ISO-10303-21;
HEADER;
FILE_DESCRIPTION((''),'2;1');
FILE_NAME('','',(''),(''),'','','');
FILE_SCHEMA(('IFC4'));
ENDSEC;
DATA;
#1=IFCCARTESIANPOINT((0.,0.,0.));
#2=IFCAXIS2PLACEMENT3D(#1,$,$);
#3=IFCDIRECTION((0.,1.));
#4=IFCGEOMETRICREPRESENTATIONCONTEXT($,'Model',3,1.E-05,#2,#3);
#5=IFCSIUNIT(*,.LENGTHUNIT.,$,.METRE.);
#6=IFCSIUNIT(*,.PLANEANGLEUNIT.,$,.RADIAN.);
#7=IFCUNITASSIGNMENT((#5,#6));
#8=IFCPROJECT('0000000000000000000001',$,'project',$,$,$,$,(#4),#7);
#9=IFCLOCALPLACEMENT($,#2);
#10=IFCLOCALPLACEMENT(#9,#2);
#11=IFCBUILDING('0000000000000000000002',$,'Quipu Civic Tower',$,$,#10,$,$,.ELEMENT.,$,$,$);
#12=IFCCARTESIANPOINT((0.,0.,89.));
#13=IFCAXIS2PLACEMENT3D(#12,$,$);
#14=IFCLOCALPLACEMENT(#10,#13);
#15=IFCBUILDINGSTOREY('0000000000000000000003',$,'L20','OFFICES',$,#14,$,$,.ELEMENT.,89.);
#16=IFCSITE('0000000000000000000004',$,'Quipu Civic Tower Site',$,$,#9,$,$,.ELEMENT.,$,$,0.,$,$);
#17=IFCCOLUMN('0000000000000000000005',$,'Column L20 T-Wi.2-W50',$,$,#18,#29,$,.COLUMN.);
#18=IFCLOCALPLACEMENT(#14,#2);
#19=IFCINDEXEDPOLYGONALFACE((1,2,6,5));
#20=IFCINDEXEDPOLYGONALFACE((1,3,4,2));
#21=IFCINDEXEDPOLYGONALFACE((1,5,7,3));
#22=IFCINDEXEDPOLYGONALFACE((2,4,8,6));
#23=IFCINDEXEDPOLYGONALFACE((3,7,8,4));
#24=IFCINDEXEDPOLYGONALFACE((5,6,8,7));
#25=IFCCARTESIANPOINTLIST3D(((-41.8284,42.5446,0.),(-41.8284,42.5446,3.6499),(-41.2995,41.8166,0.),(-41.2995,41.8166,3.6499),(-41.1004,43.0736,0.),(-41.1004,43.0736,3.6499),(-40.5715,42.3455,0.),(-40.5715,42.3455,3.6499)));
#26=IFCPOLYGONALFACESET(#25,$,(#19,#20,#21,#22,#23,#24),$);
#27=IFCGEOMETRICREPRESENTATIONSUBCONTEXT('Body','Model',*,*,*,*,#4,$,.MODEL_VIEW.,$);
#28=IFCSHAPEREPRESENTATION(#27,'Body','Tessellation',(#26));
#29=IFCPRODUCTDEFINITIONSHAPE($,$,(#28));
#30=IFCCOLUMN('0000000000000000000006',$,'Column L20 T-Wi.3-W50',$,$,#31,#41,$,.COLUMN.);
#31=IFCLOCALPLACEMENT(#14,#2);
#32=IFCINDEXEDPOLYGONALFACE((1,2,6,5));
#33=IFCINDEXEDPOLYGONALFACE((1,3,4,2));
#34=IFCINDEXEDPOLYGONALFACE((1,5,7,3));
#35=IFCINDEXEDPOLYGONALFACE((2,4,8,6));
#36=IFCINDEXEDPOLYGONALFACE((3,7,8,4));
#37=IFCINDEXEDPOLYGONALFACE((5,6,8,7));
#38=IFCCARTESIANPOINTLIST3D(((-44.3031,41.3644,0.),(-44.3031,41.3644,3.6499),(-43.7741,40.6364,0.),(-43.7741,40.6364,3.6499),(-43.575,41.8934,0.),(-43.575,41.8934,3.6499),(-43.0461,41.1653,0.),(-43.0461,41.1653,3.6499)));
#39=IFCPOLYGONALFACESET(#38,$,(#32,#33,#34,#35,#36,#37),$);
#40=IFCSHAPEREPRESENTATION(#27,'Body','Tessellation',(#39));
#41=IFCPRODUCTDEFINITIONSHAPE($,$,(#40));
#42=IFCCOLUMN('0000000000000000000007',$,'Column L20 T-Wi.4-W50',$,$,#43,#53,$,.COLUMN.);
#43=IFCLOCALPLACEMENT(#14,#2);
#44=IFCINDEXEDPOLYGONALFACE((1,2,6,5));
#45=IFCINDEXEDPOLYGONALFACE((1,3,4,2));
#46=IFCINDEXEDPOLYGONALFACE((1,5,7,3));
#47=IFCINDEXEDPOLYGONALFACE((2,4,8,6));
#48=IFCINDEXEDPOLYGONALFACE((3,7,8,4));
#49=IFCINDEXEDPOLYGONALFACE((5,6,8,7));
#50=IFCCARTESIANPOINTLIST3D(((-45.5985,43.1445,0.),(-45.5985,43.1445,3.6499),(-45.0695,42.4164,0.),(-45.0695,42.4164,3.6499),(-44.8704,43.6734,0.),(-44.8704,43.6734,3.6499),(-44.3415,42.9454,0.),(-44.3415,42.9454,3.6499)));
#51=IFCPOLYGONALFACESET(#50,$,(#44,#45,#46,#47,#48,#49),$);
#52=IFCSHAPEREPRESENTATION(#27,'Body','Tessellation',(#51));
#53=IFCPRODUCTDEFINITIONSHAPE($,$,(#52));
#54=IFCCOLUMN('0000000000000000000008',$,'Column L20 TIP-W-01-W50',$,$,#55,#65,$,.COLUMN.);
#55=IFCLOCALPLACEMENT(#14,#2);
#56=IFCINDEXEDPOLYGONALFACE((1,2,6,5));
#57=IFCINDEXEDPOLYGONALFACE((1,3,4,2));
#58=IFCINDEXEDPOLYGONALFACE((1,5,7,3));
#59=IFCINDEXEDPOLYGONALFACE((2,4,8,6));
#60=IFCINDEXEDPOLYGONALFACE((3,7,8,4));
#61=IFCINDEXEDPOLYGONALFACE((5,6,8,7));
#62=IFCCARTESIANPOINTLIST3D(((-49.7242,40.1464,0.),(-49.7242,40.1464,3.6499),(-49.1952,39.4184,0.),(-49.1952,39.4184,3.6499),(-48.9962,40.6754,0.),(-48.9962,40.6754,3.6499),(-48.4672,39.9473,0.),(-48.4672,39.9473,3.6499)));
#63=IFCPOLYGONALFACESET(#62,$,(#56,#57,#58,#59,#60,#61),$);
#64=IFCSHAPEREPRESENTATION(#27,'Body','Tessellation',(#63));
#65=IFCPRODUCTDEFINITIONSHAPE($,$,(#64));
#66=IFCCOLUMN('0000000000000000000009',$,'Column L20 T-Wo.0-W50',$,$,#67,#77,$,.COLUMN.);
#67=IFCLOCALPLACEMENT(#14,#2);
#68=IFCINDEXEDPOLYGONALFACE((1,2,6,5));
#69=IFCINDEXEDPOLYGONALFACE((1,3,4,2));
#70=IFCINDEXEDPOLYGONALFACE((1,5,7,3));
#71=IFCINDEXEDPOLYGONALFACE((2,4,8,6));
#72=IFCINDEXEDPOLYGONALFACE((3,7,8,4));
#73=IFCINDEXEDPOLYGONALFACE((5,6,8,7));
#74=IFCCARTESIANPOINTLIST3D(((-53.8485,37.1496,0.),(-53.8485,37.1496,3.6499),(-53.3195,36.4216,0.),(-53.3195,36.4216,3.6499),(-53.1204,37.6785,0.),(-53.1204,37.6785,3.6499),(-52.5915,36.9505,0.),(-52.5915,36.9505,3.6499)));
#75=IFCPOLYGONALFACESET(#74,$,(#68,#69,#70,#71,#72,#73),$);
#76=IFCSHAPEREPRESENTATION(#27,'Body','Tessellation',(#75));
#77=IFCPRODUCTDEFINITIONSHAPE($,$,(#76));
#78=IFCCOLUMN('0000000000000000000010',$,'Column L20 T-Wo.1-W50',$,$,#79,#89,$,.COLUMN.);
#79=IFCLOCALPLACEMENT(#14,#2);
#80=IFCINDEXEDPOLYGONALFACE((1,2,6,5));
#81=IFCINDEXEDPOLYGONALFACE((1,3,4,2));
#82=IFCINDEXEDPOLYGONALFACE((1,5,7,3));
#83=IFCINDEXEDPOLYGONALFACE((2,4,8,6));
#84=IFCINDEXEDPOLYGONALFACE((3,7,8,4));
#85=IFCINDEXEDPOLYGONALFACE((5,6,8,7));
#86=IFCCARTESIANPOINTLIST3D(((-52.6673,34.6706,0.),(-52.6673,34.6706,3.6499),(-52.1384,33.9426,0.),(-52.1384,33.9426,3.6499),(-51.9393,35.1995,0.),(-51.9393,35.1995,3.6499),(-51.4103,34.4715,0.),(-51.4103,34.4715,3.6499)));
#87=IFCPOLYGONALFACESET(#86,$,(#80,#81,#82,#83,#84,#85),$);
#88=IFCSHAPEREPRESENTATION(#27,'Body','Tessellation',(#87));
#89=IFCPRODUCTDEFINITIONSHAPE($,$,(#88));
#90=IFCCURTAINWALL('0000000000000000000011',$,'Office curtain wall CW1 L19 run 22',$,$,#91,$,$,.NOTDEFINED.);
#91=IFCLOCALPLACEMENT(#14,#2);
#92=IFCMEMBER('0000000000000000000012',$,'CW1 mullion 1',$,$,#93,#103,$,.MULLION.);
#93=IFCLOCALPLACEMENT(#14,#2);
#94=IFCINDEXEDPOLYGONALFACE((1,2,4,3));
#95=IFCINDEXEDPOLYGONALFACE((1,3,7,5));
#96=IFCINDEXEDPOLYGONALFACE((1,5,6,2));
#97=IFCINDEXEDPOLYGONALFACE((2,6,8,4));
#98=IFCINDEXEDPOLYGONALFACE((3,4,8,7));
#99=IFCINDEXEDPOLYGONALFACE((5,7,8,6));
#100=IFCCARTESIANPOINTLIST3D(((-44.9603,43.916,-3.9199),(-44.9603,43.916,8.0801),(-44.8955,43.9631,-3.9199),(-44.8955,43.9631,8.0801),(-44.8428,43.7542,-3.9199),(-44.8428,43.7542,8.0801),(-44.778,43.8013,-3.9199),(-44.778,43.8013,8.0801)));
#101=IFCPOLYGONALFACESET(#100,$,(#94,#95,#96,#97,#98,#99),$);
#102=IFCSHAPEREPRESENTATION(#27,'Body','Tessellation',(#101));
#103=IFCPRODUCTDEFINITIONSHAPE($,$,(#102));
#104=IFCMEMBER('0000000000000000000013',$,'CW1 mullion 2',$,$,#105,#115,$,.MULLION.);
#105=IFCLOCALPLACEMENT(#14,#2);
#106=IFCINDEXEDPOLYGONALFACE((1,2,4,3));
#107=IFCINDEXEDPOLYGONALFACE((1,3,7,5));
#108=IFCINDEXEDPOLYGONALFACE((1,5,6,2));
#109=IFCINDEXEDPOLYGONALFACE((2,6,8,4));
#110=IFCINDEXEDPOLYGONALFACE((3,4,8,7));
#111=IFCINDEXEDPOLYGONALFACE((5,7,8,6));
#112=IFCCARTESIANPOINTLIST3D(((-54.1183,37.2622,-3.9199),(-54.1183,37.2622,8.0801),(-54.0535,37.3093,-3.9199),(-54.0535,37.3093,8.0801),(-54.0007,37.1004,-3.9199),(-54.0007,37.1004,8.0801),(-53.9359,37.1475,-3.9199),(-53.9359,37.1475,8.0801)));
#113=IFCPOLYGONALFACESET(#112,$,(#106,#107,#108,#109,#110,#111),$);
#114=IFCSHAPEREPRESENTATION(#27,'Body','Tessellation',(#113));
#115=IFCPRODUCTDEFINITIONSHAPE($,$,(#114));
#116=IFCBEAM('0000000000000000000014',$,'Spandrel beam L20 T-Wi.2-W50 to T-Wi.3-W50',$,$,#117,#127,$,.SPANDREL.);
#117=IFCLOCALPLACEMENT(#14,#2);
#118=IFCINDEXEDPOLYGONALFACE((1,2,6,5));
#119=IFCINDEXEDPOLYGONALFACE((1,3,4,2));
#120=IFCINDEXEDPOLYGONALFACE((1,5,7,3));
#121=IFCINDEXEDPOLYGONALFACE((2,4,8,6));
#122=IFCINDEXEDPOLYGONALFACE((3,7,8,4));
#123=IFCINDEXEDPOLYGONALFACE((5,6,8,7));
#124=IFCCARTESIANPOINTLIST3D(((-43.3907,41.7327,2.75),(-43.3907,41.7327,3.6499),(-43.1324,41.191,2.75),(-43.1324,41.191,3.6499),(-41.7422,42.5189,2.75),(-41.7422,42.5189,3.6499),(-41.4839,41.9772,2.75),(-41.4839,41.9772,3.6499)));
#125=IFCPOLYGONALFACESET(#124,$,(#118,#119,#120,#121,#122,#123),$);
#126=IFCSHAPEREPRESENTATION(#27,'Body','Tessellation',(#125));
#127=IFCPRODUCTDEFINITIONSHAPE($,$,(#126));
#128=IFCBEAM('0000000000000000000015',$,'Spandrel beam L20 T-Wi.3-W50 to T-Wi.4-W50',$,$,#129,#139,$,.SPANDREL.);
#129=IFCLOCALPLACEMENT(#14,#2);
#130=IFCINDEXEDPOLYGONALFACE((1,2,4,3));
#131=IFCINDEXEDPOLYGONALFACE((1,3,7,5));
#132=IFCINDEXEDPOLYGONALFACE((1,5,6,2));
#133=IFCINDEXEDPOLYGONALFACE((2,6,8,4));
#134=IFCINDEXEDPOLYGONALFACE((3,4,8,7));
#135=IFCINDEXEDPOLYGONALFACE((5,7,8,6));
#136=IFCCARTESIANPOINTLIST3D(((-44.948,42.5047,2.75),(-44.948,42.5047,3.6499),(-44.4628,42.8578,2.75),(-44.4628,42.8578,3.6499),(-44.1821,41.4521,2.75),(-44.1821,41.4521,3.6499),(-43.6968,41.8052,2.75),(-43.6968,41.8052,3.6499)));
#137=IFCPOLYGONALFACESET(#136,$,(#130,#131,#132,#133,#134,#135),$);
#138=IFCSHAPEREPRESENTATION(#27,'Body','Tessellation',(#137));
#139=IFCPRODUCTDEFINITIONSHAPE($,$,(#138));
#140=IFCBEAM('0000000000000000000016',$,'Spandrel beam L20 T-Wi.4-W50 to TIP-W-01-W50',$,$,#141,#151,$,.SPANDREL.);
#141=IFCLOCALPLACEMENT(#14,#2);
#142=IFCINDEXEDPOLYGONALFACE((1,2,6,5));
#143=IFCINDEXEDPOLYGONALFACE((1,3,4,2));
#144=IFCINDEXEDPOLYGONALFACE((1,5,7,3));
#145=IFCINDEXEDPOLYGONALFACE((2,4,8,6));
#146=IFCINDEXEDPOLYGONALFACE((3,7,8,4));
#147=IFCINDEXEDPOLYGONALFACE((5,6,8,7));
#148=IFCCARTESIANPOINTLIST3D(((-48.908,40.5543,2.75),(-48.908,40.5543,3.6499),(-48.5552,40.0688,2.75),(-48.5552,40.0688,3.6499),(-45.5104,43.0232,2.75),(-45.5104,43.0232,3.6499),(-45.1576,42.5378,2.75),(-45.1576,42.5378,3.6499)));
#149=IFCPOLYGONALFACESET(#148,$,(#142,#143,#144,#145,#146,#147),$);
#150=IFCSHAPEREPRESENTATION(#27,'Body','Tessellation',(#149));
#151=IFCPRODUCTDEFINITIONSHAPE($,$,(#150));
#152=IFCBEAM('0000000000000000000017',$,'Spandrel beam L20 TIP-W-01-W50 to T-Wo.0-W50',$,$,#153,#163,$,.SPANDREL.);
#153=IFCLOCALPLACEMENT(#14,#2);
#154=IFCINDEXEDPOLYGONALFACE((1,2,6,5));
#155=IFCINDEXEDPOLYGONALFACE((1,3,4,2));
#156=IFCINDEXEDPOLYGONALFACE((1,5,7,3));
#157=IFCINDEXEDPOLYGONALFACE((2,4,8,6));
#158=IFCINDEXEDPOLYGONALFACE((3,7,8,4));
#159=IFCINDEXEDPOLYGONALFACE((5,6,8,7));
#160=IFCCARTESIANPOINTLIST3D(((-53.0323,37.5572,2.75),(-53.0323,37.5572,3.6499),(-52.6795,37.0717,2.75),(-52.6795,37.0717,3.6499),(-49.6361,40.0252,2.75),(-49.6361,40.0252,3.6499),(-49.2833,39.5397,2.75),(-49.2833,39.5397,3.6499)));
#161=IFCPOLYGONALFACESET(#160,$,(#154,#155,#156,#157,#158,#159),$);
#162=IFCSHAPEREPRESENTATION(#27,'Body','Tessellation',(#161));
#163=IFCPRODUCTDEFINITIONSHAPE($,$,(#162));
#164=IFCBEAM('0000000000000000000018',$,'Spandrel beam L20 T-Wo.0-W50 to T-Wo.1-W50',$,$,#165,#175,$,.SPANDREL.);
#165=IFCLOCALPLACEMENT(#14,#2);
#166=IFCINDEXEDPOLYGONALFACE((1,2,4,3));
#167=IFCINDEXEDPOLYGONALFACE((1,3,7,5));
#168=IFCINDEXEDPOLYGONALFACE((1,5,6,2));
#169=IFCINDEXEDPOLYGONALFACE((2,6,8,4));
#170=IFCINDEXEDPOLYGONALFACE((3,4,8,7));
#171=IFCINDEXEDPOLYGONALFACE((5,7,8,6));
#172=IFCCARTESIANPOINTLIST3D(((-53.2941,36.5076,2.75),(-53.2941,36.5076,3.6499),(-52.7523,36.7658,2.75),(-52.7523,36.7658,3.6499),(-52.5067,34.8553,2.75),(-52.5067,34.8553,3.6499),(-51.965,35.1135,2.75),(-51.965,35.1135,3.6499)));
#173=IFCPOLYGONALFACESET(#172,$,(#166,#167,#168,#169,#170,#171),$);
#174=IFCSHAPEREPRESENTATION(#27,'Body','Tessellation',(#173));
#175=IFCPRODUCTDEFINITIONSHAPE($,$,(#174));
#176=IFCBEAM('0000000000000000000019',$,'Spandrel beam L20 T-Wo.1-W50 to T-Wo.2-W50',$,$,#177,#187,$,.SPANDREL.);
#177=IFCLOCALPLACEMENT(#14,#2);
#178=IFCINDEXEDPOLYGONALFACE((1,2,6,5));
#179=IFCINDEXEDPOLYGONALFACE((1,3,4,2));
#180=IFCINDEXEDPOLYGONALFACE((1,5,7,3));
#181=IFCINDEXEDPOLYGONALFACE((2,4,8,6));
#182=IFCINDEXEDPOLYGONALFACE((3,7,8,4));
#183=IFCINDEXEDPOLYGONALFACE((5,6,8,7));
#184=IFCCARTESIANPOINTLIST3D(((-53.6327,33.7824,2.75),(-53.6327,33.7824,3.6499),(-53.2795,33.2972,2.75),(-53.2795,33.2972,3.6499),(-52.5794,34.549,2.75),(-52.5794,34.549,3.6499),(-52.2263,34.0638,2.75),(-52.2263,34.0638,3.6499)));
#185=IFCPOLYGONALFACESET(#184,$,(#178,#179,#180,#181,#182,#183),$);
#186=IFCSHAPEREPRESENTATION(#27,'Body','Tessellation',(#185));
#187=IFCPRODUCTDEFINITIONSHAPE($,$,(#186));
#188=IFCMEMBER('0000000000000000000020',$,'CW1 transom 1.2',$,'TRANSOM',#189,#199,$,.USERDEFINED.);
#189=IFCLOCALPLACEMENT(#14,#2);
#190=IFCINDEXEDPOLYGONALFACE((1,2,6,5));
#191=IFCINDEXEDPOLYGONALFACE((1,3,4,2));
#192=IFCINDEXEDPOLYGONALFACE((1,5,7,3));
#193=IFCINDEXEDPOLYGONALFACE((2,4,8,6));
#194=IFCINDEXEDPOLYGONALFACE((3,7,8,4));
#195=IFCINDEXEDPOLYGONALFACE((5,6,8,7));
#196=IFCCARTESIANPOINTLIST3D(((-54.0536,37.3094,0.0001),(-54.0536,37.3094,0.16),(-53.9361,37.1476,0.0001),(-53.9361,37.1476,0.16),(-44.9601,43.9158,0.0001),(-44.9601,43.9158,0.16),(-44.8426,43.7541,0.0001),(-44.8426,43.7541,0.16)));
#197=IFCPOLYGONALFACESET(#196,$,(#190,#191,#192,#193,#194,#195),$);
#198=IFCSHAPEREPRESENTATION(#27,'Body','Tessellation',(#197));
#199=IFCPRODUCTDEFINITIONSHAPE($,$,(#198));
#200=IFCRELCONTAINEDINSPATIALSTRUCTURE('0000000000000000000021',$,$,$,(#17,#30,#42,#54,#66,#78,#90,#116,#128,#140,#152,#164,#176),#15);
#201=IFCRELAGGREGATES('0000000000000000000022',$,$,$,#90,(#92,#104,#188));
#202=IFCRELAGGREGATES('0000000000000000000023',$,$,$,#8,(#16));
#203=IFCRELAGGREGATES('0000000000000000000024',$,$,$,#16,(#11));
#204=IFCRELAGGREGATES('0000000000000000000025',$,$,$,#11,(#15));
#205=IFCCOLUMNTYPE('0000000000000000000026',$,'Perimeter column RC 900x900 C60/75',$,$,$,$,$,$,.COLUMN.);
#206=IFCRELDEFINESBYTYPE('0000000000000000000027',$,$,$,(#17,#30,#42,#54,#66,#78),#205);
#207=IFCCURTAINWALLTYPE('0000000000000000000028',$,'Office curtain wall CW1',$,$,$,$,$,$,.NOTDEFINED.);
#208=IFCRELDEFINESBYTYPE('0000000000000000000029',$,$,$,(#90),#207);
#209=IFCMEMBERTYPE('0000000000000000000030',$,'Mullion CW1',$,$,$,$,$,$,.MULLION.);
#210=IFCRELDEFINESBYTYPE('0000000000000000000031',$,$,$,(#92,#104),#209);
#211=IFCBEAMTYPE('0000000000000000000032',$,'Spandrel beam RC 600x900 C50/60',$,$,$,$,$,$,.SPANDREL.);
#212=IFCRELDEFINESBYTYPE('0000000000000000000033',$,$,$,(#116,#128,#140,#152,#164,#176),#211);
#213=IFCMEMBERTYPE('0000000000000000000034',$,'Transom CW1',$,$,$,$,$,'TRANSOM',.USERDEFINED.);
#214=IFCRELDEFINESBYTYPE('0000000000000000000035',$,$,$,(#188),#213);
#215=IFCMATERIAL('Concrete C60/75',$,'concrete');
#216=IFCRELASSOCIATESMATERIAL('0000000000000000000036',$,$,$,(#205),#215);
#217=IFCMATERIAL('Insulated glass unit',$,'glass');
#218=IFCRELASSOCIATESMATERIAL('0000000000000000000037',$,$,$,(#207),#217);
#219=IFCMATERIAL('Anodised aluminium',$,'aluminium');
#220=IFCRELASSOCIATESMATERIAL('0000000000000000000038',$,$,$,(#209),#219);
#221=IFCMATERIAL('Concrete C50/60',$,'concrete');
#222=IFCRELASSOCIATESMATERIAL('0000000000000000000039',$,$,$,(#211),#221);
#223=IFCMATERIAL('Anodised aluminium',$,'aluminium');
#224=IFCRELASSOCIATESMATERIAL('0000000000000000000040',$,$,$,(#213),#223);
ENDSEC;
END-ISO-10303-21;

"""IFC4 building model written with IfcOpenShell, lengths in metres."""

from ifc_helpers import new_model, si_unit, direction, frame, origin, origin_2d, place, context, subcontext, project, spatial, rectangle, extrude, material, material_profile, profile_set, type_object, element, aggregate, save


model = new_model("IFC4")

# Units and contexts
model_context = context("Model", 3, precision=1e-05, world=origin(), true_north=direction((0.0, 1.0)))
body_context = subcontext(model_context, "Body", "Model", "MODEL_VIEW")
ifc_project = project(units=[si_unit("LENGTHUNIT", "METRE"), si_unit("PLANEANGLEUNIT", "RADIAN")], contexts=[model_context])

# Site, building, storey
site_placement = place(None, origin())
site = spatial("IfcSite", under=ifc_project, at=site_placement, Name="Quipu Civic Tower Site", CompositionType="ELEMENT", RefElevation=0.0)
building_placement = place(site_placement, origin())
building = spatial("IfcBuilding", under=site, at=building_placement, Name="Quipu Civic Tower", CompositionType="ELEMENT")
storey_placement = place(building_placement, frame((0.0, 0.0, 89.0)))
storey = spatial("IfcBuildingStorey", under=building, at=storey_placement, Name="L20", Description="OFFICES", CompositionType="ELEMENT", Elevation=89.0)

# Columns
ifc_material_1 = material(Name="Concrete C60/75", Category="concrete")
ifc_material_profile_1 = material_profile(ifc_material_1, rectangle(XDim=0.8999, YDim=0.8999, at=origin_2d()), Name="RC900x900")
ifc_profile_set_1 = profile_set([ifc_material_profile_1], Name="Concrete C60/75")
column_type = type_object("IfcColumnType", Name="Perimeter column RC 900x900 C60/75", PredefinedType="COLUMN", material=ifc_profile_set_1)
for number, where, z_axis, x_axis, name in (
    (1, (-41.2, 42.4451, 0.0), (0.0, 0.0, 1.0), (-0.587785, 0.809017, 0.0), "Column L20 T-Wi.2-W50"),
    (2, (-43.6746, 41.2649, 0.0), (0.0, 0.0, 1.0), (-0.809017, -0.587785, 0.0), "Column L20 T-Wi.3-W50"),
    (3, (-44.97, 43.0449, 0.0), (0.0, 0.0, 1.0), (-0.809017, -0.587785, 0.0), "Column L20 T-Wi.4-W50"),
    (4, (-49.0957, 40.0469, 0.0), (0.0, 0.0, 1.0), (-0.809017, -0.587785, 0.0), "Column L20 TIP-W-01-W50"),
    (5, (-53.22, 37.05, 0.0), (0.0, 0.0, 1.0), (0.587785, -0.809017, 0.0), "Column L20 T-Wo.0-W50"),
    (6, (-52.0388, 34.571, 0.0), (0.0, 0.0, 1.0), (-0.809017, -0.587785, 0.0), "Column L20 T-Wo.1-W50"),
):
    element("IfcColumn", number, at=place(storey_placement, frame(where, z_axis=z_axis, x_axis=x_axis)), inside=storey, type_object=column_type, Name=name, PredefinedType="COLUMN", context=body_context, shape_type="SweptSolid", body=[
        extrude(rectangle(XDim=0.8999, YDim=0.8999, at=origin_2d()), origin(), (0.0, 0.0, 1.0), 3.6499),
    ])

# Curtain wall, members
ifc_material_2 = material(Name="Insulated glass unit", Category="glass")
curtain_wall_type = type_object("IfcCurtainWallType", Name="Office curtain wall CW1", PredefinedType="NOTDEFINED", material=ifc_material_2)
curtain_wall_placement = place(storey_placement, origin())
curtain_wall = element("IfcCurtainWall", 7, at=curtain_wall_placement, inside=storey, type_object=curtain_wall_type, Name="Office curtain wall CW1 L19 run 22", PredefinedType="NOTDEFINED")
ifc_material_3 = material(Name="Anodised aluminium", Category="aluminium")
ifc_material_profile_2 = material_profile(ifc_material_3, rectangle(XDim=0.2, YDim=0.0801, at=origin_2d()), Name="RECT 200x80")
ifc_profile_set_2 = profile_set([ifc_material_profile_2], Name="Anodised aluminium")
member_type_1 = type_object("IfcMemberType", Name="Mullion CW1", PredefinedType="MULLION", material=ifc_profile_set_2)
member_1_placement = place(storey_placement, frame((-44.8691, 43.8586, -3.9199), z_axis=(0.0, 0.0, 1.0), x_axis=(0.587782, -0.809019, 0.0)))
member_1 = element("IfcMember", 8, at=member_1_placement, type_object=member_type_1, Name="CW1 mullion 1", PredefinedType="MULLION", context=body_context, shape_type="SweptSolid", body=[
    extrude(rectangle(XDim=0.2, YDim=0.0801, at=origin_2d()), origin(), (0.0, 0.0, 1.0), 12.0),
])
member_2_placement = place(storey_placement, frame((-54.0271, 37.2048, -3.9199), z_axis=(0.0, 0.0, 1.0), x_axis=(0.587782, -0.809019, 0.0)))
member_2 = element("IfcMember", 9, at=member_2_placement, type_object=member_type_1, Name="CW1 mullion 2", PredefinedType="MULLION", context=body_context, shape_type="SweptSolid", body=[
    extrude(rectangle(XDim=0.2, YDim=0.0801, at=origin_2d()), origin(), (0.0, 0.0, 1.0), 12.0),
])

# Beams
ifc_material_4 = material(Name="Concrete C50/60", Category="concrete")
ifc_material_profile_3 = material_profile(ifc_material_4, rectangle(XDim=0.6001, YDim=0.8999, at=origin_2d()), Name="RC600x900")
ifc_profile_set_3 = profile_set([ifc_material_profile_3], Name="Concrete C50/60")
beam_type = type_object("IfcBeamType", Name="Spandrel beam RC 600x900 C50/60", PredefinedType="SPANDREL", material=ifc_profile_set_3)
beam_1_placement = place(storey_placement, frame((-41.613, 42.248, 3.2), z_axis=(-0.902613, -0.430452, 0.0), x_axis=(0.430452, -0.902613, 0.0)))
element("IfcBeam", 10, at=beam_1_placement, inside=storey, type_object=beam_type, Name="Spandrel beam L20 T-Wi.2-W50 to T-Wi.3-W50", PredefinedType="SPANDREL", context=body_context, shape_type="SweptSolid", body=[
    extrude(rectangle(XDim=0.6001, YDim=0.8999, at=origin_2d()), origin(), (0.0, 0.0, 1.0), 1.8264),
])
beam_2_placement = place(storey_placement, frame((-43.9395, 41.6287, 3.2), z_axis=(-0.588384, 0.808582, 0.0), x_axis=(-0.808582, -0.588384, 0.0)))
element("IfcBeam", 11, at=beam_2_placement, inside=storey, type_object=beam_type, Name="Spandrel beam L20 T-Wi.3-W50 to T-Wi.4-W50", PredefinedType="SPANDREL", context=body_context, shape_type="SweptSolid", body=[
    extrude(rectangle(XDim=0.6001, YDim=0.8999, at=origin_2d()), origin(), (0.0, 0.0, 1.0), 1.3018),
])
beam_3_placement = place(storey_placement, frame((-45.334, 42.7805, 3.2), z_axis=(-0.80897, -0.58785, 0.0), x_axis=(0.58785, -0.80897, 0.0)))
element("IfcBeam", 12, at=beam_3_placement, inside=storey, type_object=beam_type, Name="Spandrel beam L20 T-Wi.4-W50 to TIP-W-01-W50", PredefinedType="SPANDREL", context=body_context, shape_type="SweptSolid", body=[
    extrude(rectangle(XDim=0.6001, YDim=0.8999, at=origin_2d()), origin(), (0.0, 0.0, 1.0), 4.2),
])
beam_4_placement = place(storey_placement, frame((-49.4597, 39.7825, 3.2), z_axis=(-0.80896, -0.587864, 0.0), x_axis=(0.587864, -0.80896, 0.0)))
element("IfcBeam", 13, at=beam_4_placement, inside=storey, type_object=beam_type, Name="Spandrel beam L20 TIP-W-01-W50 to T-Wo.0-W50", PredefinedType="SPANDREL", context=body_context, shape_type="SweptSolid", body=[
    extrude(rectangle(XDim=0.6001, YDim=0.8999, at=origin_2d()), origin(), (0.0, 0.0, 1.0), 4.1982),
])
beam_5_placement = place(storey_placement, frame((-53.0232, 36.6367, 3.2), z_axis=(0.430167, -0.90275, 0.0), x_axis=(0.90275, 0.430167, 0.0)))
element("IfcBeam", 14, at=beam_5_placement, inside=storey, type_object=beam_type, Name="Spandrel beam L20 T-Wo.0-W50 to T-Wo.1-W50", PredefinedType="SPANDREL", context=body_context, shape_type="SweptSolid", body=[
    extrude(rectangle(XDim=0.6001, YDim=0.8999, at=origin_2d()), origin(), (0.0, 0.0, 1.0), 1.8303),
])
beam_6_placement = place(storey_placement, frame((-52.4028, 34.3064, 3.2), z_axis=(-0.808509, -0.588484, 0.0), x_axis=(0.588484, -0.808509, 0.0)))
element("IfcBeam", 15, at=beam_6_placement, inside=storey, type_object=beam_type, Name="Spandrel beam L20 T-Wo.1-W50 to T-Wo.2-W50", PredefinedType="SPANDREL", context=body_context, shape_type="SweptSolid", body=[
    extrude(rectangle(XDim=0.6001, YDim=0.8999, at=origin_2d()), origin(), (0.0, 0.0, 1.0), 1.3027),
])

# Member
ifc_material_5 = material(Name="Anodised aluminium", Category="aluminium")
ifc_material_profile_4 = material_profile(ifc_material_5, rectangle(XDim=0.2, YDim=0.1599, at=origin_2d()), Name="RECT 200x160")
ifc_profile_set_4 = profile_set([ifc_material_profile_4], Name="Anodised aluminium")
member_type_2 = type_object("IfcMemberType", Name="Transom CW1", ElementType="TRANSOM", PredefinedType="USERDEFINED", material=ifc_profile_set_4)
member_3_placement = place(storey_placement, frame((-44.9014, 43.835, 0.0801), z_axis=(-0.809033, -0.587764, 0.0), x_axis=(0.587764, -0.809033, 0.0)))
member_3 = element("IfcMember", 16, at=member_3_placement, type_object=member_type_2, Name="CW1 transom 1.2", ObjectType="TRANSOM", PredefinedType="USERDEFINED", context=body_context, shape_type="SweptSolid", body=[
    extrude(rectangle(XDim=0.2, YDim=0.1599, at=origin_2d()), origin(), (0.0, 0.0, 1.0), 11.24),
])

aggregate(curtain_wall, [member_1, member_2, member_3])

save(model, "model.ifc")
